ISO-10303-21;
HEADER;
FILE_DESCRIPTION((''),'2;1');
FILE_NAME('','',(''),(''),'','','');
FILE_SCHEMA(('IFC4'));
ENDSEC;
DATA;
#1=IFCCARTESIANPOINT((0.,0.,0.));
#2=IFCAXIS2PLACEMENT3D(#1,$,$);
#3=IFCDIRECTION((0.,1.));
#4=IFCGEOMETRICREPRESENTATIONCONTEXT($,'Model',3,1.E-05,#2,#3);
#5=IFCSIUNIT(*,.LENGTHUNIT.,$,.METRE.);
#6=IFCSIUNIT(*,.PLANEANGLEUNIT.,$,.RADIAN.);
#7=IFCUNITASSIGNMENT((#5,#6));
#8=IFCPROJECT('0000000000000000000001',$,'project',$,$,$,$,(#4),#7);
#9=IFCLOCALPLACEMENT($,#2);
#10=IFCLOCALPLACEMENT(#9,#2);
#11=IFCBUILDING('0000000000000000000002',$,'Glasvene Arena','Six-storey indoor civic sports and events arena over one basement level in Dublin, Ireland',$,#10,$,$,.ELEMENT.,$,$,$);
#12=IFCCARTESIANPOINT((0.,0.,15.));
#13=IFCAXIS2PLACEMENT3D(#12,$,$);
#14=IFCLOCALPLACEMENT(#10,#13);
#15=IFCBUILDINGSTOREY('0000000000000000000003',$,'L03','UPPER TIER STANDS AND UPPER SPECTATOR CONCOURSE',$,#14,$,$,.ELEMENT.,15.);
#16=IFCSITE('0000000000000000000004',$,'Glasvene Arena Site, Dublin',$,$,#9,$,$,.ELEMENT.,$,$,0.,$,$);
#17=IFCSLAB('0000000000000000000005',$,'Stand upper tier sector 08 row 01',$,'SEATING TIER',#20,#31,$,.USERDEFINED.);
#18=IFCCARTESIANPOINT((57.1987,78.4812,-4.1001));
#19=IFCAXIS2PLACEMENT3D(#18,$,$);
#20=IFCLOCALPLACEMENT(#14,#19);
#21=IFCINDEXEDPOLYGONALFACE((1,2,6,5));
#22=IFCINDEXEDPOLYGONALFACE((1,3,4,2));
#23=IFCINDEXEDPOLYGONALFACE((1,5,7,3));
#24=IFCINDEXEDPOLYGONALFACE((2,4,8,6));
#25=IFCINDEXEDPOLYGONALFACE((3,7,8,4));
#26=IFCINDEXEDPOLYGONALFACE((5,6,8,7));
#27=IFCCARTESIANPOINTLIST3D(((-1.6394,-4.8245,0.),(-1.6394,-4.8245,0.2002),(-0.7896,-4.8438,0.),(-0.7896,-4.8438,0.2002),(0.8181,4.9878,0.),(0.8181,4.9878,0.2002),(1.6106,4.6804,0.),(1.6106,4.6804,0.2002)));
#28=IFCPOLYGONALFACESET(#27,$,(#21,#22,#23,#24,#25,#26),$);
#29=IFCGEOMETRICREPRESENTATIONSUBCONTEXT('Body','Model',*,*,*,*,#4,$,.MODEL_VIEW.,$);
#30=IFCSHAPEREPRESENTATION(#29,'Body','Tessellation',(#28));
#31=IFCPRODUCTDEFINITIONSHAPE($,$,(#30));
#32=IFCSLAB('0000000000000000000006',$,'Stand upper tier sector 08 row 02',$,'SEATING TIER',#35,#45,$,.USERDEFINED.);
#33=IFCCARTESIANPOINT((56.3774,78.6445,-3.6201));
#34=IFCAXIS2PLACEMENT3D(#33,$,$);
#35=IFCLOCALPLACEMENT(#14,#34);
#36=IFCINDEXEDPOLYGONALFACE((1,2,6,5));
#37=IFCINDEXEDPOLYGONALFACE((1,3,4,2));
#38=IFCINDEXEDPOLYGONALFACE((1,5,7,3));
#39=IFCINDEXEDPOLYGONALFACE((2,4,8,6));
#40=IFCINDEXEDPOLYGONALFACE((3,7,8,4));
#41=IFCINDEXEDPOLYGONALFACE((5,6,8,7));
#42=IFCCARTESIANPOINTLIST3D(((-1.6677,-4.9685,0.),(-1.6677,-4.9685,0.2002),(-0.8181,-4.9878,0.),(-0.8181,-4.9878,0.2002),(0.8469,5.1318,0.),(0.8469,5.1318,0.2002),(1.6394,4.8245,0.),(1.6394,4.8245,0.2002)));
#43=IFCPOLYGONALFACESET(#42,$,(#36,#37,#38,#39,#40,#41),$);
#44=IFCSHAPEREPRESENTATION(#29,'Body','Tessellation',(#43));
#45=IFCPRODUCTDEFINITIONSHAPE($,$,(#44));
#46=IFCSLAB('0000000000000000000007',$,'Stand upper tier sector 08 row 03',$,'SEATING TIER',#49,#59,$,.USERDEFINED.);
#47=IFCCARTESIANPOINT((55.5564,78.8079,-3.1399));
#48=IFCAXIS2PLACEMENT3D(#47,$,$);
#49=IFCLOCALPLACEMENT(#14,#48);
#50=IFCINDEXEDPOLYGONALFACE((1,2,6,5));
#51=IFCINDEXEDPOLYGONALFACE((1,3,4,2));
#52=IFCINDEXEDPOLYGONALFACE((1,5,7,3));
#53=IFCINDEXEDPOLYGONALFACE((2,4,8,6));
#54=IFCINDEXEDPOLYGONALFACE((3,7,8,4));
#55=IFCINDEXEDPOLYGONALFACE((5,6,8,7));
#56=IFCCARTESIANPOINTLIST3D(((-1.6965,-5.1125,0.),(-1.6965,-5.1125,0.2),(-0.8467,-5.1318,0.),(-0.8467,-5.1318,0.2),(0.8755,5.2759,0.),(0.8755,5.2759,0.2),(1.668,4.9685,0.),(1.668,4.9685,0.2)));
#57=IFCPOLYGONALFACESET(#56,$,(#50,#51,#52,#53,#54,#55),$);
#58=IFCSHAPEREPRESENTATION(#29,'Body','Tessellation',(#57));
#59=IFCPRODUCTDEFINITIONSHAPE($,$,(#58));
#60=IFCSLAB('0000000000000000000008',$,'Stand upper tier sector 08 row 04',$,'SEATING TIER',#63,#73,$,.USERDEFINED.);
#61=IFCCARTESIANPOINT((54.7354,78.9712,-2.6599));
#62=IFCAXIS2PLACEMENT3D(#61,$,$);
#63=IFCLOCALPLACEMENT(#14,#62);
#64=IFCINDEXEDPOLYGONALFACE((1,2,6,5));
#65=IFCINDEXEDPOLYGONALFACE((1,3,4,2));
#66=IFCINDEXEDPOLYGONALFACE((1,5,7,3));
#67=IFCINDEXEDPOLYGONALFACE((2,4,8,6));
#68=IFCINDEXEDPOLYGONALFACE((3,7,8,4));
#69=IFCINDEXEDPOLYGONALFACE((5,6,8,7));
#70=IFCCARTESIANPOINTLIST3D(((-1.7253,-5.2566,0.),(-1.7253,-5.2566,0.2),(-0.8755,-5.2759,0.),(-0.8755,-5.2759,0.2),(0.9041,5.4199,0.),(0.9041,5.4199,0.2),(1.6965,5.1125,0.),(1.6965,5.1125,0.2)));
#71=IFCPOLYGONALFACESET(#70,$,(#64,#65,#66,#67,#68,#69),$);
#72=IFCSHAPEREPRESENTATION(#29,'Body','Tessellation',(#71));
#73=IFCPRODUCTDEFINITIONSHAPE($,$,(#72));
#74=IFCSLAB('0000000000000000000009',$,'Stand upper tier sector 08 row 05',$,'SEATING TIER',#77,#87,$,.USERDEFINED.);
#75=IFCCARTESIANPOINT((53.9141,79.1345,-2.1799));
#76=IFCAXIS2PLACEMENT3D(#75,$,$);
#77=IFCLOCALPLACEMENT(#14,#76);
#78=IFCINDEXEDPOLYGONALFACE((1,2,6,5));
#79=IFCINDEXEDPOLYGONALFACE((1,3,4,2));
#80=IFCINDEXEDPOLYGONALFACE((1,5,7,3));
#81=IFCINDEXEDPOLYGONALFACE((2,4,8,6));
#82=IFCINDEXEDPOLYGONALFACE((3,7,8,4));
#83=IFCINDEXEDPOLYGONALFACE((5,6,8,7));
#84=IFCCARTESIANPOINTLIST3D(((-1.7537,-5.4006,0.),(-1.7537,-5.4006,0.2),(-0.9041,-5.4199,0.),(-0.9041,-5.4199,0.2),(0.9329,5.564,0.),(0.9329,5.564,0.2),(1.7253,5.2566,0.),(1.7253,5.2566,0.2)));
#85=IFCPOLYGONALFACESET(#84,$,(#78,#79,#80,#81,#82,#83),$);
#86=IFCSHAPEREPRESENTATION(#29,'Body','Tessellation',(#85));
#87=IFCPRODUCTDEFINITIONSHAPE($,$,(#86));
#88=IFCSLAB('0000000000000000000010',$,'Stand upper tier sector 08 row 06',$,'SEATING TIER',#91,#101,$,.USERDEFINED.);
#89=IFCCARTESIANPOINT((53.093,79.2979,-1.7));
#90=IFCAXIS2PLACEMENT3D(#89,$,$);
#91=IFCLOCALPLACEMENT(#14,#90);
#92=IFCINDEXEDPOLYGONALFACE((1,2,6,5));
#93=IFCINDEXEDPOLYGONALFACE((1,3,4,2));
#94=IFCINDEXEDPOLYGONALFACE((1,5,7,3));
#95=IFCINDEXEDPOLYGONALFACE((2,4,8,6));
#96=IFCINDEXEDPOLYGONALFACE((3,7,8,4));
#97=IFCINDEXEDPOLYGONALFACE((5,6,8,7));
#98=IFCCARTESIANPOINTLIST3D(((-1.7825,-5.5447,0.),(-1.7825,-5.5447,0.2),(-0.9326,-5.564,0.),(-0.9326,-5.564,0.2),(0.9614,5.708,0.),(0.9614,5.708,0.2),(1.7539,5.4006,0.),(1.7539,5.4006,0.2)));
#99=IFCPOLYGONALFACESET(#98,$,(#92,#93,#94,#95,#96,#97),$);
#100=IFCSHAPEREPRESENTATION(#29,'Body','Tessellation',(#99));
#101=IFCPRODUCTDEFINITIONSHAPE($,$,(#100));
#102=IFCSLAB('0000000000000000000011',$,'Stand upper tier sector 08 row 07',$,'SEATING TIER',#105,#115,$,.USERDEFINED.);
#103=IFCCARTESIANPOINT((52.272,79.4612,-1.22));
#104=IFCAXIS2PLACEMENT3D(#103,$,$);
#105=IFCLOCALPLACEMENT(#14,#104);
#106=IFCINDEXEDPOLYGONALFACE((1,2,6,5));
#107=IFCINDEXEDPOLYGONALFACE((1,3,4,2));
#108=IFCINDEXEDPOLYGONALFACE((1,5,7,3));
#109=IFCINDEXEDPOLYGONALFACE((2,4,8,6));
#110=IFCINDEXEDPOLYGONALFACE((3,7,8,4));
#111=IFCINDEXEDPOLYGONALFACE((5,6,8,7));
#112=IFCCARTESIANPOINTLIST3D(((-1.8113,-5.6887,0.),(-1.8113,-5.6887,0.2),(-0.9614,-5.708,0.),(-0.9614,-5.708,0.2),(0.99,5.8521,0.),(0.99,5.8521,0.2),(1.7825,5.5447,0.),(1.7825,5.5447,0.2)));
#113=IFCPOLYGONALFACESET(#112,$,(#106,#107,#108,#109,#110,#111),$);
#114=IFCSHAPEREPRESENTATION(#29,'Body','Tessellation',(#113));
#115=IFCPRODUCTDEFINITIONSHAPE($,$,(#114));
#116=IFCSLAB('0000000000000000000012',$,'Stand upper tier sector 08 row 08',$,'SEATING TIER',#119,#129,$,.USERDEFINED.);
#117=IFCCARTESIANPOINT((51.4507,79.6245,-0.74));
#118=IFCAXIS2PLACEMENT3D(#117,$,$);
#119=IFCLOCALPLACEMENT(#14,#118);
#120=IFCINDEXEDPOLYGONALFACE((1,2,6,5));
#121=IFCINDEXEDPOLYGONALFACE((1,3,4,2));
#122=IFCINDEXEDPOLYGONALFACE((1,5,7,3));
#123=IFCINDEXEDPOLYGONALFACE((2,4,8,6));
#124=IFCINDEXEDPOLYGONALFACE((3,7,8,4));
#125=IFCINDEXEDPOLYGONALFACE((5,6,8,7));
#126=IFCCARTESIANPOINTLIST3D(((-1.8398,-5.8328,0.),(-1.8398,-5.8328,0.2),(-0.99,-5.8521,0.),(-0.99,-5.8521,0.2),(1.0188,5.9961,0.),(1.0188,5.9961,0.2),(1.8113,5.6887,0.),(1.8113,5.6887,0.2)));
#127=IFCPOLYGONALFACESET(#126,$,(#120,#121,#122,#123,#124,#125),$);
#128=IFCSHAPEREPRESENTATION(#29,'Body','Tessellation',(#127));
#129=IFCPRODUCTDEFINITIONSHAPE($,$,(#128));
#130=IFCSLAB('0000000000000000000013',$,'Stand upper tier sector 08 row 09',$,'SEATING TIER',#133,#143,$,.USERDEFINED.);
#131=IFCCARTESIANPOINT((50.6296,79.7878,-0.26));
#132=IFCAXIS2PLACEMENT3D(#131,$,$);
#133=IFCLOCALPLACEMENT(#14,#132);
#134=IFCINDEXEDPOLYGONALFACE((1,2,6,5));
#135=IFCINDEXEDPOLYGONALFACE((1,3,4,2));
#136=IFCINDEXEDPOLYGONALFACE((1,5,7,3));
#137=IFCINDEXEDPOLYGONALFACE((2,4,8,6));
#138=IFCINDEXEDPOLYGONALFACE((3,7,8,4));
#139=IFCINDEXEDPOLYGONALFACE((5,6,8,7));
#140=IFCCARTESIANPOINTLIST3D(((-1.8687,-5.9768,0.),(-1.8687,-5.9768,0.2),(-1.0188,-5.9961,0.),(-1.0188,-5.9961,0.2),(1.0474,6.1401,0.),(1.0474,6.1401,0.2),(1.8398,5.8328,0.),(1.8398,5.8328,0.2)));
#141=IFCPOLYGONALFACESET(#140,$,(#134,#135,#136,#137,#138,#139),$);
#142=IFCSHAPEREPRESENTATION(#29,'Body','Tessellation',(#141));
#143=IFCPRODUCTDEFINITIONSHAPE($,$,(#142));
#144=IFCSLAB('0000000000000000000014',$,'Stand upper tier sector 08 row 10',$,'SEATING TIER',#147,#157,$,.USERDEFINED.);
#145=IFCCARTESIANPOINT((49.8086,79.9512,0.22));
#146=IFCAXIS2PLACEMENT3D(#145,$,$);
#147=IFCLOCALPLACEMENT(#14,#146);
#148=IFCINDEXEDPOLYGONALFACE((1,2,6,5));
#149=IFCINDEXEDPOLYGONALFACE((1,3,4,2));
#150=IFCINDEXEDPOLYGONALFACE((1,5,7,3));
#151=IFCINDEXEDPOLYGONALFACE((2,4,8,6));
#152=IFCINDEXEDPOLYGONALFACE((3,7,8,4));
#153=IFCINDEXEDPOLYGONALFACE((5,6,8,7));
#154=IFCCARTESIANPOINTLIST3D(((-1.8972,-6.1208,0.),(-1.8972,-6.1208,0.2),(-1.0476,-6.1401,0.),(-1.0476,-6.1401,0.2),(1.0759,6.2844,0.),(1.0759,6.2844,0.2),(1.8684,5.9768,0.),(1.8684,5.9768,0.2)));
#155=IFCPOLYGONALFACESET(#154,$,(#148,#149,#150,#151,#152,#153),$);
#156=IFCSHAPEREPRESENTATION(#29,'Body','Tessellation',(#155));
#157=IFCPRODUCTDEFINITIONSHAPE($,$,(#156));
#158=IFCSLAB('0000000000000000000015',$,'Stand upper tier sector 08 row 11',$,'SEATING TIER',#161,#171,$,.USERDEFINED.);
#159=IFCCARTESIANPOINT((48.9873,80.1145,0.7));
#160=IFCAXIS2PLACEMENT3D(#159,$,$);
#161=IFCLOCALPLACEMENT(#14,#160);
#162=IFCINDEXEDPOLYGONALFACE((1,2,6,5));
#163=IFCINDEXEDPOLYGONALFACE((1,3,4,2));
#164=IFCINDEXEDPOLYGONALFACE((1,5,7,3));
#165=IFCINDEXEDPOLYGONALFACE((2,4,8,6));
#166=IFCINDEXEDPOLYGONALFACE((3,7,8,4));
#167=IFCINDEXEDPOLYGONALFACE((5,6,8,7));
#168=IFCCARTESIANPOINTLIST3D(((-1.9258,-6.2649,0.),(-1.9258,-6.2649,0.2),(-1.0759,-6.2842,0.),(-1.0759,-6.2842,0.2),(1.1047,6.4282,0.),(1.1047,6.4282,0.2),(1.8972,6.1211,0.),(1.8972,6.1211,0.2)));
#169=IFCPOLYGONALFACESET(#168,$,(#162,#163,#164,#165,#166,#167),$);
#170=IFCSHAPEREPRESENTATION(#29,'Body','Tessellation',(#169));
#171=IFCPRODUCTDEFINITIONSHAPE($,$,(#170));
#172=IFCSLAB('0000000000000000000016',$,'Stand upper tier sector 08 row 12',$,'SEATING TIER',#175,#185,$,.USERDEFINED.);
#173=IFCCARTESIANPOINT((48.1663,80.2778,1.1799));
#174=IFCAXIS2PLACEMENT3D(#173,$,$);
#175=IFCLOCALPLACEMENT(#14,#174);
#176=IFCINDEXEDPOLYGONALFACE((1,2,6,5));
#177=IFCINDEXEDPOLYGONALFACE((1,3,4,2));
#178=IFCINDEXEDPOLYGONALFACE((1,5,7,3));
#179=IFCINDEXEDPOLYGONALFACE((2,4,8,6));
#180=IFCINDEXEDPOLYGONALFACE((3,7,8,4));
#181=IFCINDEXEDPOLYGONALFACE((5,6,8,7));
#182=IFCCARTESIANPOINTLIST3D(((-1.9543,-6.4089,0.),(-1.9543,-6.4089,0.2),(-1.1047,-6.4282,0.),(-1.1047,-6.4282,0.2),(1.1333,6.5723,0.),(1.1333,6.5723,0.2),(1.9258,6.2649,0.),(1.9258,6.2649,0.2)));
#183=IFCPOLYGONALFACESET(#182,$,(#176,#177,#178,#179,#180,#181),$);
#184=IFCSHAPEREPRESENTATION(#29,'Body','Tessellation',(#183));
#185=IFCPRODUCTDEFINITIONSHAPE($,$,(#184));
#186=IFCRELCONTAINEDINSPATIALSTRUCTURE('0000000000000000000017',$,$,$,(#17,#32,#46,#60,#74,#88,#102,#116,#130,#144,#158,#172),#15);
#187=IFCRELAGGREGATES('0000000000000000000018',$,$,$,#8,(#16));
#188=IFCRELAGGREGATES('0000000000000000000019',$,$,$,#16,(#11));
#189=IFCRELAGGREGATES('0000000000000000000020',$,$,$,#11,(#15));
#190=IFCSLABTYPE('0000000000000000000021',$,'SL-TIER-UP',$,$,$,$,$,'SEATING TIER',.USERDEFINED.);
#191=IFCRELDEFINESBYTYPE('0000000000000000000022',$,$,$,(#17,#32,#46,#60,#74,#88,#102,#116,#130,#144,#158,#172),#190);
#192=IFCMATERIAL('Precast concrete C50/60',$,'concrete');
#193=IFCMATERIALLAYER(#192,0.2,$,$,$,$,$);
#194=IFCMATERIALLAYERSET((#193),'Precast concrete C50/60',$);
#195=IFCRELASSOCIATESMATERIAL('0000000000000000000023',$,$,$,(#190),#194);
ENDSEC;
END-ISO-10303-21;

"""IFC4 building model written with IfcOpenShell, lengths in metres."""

from ifc_helpers import new_model, si_unit, direction, frame, origin, place, context, subcontext, project, spatial, polyline, outline, extrude, material, layer, layer_set, type_object, element, save


model = new_model("IFC4")

# Units and contexts
model_context = context("Model", 3, precision=1e-05, world=origin(), true_north=direction((0.0, 1.0)))
body_context = subcontext(model_context, "Body", "Model", "MODEL_VIEW")
ifc_project = project(units=[si_unit("LENGTHUNIT", "METRE"), si_unit("PLANEANGLEUNIT", "RADIAN")], contexts=[model_context])

# Site, building, storey
site_placement = place(None, origin())
site = spatial("IfcSite", under=ifc_project, at=site_placement, Name="Glasvene Arena Site, Dublin", CompositionType="ELEMENT", RefElevation=0.0)
building_placement = place(site_placement, origin())
building = spatial("IfcBuilding", under=site, at=building_placement, Name="Glasvene Arena", Description="Six-storey indoor civic sports and events arena over one basement level in Dublin, Ireland", CompositionType="ELEMENT")
storey_placement = place(building_placement, frame((0.0, 0.0, 15.0)))
storey = spatial("IfcBuildingStorey", under=building, at=storey_placement, Name="L03", Description="UPPER TIER STANDS AND UPPER SPECTATOR CONCOURSE", CompositionType="ELEMENT", Elevation=15.0)

# Shared definitions
ifc_material_1 = material(Name="Precast concrete C50/60", Category="concrete")

# Slabs
ifc_layer = layer(ifc_material_1, 0.2)
ifc_layer_set = layer_set([ifc_layer], Name="Precast concrete C50/60")
slab_type = type_object("IfcSlabType", Name="SL-TIER-UP", ElementType="SEATING TIER", PredefinedType="USERDEFINED", material=ifc_layer_set)
slab_1_placement = place(storey_placement, frame((57.1987, 78.4812, -4.1001)))
element("IfcSlab", 1, at=slab_1_placement, inside=storey, type_object=slab_type, Name="Stand upper tier sector 08 row 01", ObjectType="SEATING TIER", PredefinedType="USERDEFINED", context=body_context, shape_type="SweptSolid", body=[
    extrude(outline(polyline([(1.6106, 4.6804), (-0.7896, -4.8438), (-1.6394, -4.8245), (0.8181, 4.9878), (1.6106, 4.6804)])), origin(), (0.0, 0.0, 1.0), 0.2002),
])
slab_2_placement = place(storey_placement, frame((56.3774, 78.6445, -3.6201)))
element("IfcSlab", 2, at=slab_2_placement, inside=storey, type_object=slab_type, Name="Stand upper tier sector 08 row 02", ObjectType="SEATING TIER", PredefinedType="USERDEFINED", context=body_context, shape_type="SweptSolid", body=[
    extrude(outline(polyline([(1.6394, 4.8245), (-0.8181, -4.9878), (-1.6677, -4.9685), (0.8469, 5.1318), (1.6394, 4.8245)])), origin(), (0.0, 0.0, 1.0), 0.2002),
])
slab_3_placement = place(storey_placement, frame((55.5564, 78.8079, -3.1399)))
element("IfcSlab", 3, at=slab_3_placement, inside=storey, type_object=slab_type, Name="Stand upper tier sector 08 row 03", ObjectType="SEATING TIER", PredefinedType="USERDEFINED", context=body_context, shape_type="SweptSolid", body=[
    extrude(outline(polyline([(1.668, 4.9685), (-0.8467, -5.1318), (-1.6965, -5.1125), (0.8755, 5.2759), (1.668, 4.9685)])), origin(), (0.0, 0.0, 1.0), 0.2),
])
slab_4_placement = place(storey_placement, frame((54.7354, 78.9712, -2.6599)))
element("IfcSlab", 4, at=slab_4_placement, inside=storey, type_object=slab_type, Name="Stand upper tier sector 08 row 04", ObjectType="SEATING TIER", PredefinedType="USERDEFINED", context=body_context, shape_type="SweptSolid", body=[
    extrude(outline(polyline([(1.6965, 5.1125), (-0.8755, -5.2759), (-1.7253, -5.2566), (0.9041, 5.4199), (1.6965, 5.1125)])), origin(), (0.0, 0.0, 1.0), 0.2),
])
slab_5_placement = place(storey_placement, frame((53.9141, 79.1345, -2.1799)))
element("IfcSlab", 5, at=slab_5_placement, inside=storey, type_object=slab_type, Name="Stand upper tier sector 08 row 05", ObjectType="SEATING TIER", PredefinedType="USERDEFINED", context=body_context, shape_type="SweptSolid", body=[
    extrude(outline(polyline([(1.7253, 5.2566), (-0.9041, -5.4199), (-1.7537, -5.4006), (0.9329, 5.564), (1.7253, 5.2566)])), origin(), (0.0, 0.0, 1.0), 0.2),
])
slab_6_placement = place(storey_placement, frame((53.093, 79.2979, -1.7)))
element("IfcSlab", 6, at=slab_6_placement, inside=storey, type_object=slab_type, Name="Stand upper tier sector 08 row 06", ObjectType="SEATING TIER", PredefinedType="USERDEFINED", context=body_context, shape_type="SweptSolid", body=[
    extrude(outline(polyline([(1.7539, 5.4006), (-0.9326, -5.564), (-1.7825, -5.5447), (0.9614, 5.708), (1.7539, 5.4006)])), origin(), (0.0, 0.0, 1.0), 0.2),
])
slab_7_placement = place(storey_placement, frame((52.272, 79.4612, -1.22)))
element("IfcSlab", 7, at=slab_7_placement, inside=storey, type_object=slab_type, Name="Stand upper tier sector 08 row 07", ObjectType="SEATING TIER", PredefinedType="USERDEFINED", context=body_context, shape_type="SweptSolid", body=[
    extrude(outline(polyline([(1.7825, 5.5447), (-0.9614, -5.708), (-1.8113, -5.6887), (0.99, 5.8521), (1.7825, 5.5447)])), origin(), (0.0, 0.0, 1.0), 0.2),
])
slab_8_placement = place(storey_placement, frame((51.4507, 79.6245, -0.74)))
element("IfcSlab", 8, at=slab_8_placement, inside=storey, type_object=slab_type, Name="Stand upper tier sector 08 row 08", ObjectType="SEATING TIER", PredefinedType="USERDEFINED", context=body_context, shape_type="SweptSolid", body=[
    extrude(outline(polyline([(1.8113, 5.6887), (-0.99, -5.8521), (-1.8398, -5.8328), (1.0188, 5.9961), (1.8113, 5.6887)])), origin(), (0.0, 0.0, 1.0), 0.2),
])
slab_9_placement = place(storey_placement, frame((50.6296, 79.7878, -0.26)))
element("IfcSlab", 9, at=slab_9_placement, inside=storey, type_object=slab_type, Name="Stand upper tier sector 08 row 09", ObjectType="SEATING TIER", PredefinedType="USERDEFINED", context=body_context, shape_type="SweptSolid", body=[
    extrude(outline(polyline([(1.8398, 5.8328), (-1.0188, -5.9961), (-1.8687, -5.9768), (1.0474, 6.1401), (1.8398, 5.8328)])), origin(), (0.0, 0.0, 1.0), 0.2),
])
slab_10_placement = place(storey_placement, frame((49.8086, 79.9512, 0.22)))
element("IfcSlab", 10, at=slab_10_placement, inside=storey, type_object=slab_type, Name="Stand upper tier sector 08 row 10", ObjectType="SEATING TIER", PredefinedType="USERDEFINED", context=body_context, shape_type="SweptSolid", body=[
    extrude(outline(polyline([(1.8684, 5.9768), (-1.0476, -6.1401), (-1.8972, -6.1208), (1.0759, 6.2844), (1.8684, 5.9768)])), origin(), (0.0, 0.0, 1.0), 0.2),
])
slab_11_placement = place(storey_placement, frame((48.9873, 80.1145, 0.7)))
element("IfcSlab", 11, at=slab_11_placement, inside=storey, type_object=slab_type, Name="Stand upper tier sector 08 row 11", ObjectType="SEATING TIER", PredefinedType="USERDEFINED", context=body_context, shape_type="SweptSolid", body=[
    extrude(outline(polyline([(1.8972, 6.1211), (-1.0759, -6.2842), (-1.9258, -6.2649), (1.1047, 6.4282), (1.8972, 6.1211)])), origin(), (0.0, 0.0, 1.0), 0.2),
])
slab_12_placement = place(storey_placement, frame((48.1663, 80.2778, 1.1799)))
element("IfcSlab", 12, at=slab_12_placement, inside=storey, type_object=slab_type, Name="Stand upper tier sector 08 row 12", ObjectType="SEATING TIER", PredefinedType="USERDEFINED", context=body_context, shape_type="SweptSolid", body=[
    extrude(outline(polyline([(1.9258, 6.2649), (-1.1047, -6.4282), (-1.9543, -6.4089), (1.1333, 6.5723), (1.9258, 6.2649)])), origin(), (0.0, 0.0, 1.0), 0.2),
])

save(model, "model.ifc")
